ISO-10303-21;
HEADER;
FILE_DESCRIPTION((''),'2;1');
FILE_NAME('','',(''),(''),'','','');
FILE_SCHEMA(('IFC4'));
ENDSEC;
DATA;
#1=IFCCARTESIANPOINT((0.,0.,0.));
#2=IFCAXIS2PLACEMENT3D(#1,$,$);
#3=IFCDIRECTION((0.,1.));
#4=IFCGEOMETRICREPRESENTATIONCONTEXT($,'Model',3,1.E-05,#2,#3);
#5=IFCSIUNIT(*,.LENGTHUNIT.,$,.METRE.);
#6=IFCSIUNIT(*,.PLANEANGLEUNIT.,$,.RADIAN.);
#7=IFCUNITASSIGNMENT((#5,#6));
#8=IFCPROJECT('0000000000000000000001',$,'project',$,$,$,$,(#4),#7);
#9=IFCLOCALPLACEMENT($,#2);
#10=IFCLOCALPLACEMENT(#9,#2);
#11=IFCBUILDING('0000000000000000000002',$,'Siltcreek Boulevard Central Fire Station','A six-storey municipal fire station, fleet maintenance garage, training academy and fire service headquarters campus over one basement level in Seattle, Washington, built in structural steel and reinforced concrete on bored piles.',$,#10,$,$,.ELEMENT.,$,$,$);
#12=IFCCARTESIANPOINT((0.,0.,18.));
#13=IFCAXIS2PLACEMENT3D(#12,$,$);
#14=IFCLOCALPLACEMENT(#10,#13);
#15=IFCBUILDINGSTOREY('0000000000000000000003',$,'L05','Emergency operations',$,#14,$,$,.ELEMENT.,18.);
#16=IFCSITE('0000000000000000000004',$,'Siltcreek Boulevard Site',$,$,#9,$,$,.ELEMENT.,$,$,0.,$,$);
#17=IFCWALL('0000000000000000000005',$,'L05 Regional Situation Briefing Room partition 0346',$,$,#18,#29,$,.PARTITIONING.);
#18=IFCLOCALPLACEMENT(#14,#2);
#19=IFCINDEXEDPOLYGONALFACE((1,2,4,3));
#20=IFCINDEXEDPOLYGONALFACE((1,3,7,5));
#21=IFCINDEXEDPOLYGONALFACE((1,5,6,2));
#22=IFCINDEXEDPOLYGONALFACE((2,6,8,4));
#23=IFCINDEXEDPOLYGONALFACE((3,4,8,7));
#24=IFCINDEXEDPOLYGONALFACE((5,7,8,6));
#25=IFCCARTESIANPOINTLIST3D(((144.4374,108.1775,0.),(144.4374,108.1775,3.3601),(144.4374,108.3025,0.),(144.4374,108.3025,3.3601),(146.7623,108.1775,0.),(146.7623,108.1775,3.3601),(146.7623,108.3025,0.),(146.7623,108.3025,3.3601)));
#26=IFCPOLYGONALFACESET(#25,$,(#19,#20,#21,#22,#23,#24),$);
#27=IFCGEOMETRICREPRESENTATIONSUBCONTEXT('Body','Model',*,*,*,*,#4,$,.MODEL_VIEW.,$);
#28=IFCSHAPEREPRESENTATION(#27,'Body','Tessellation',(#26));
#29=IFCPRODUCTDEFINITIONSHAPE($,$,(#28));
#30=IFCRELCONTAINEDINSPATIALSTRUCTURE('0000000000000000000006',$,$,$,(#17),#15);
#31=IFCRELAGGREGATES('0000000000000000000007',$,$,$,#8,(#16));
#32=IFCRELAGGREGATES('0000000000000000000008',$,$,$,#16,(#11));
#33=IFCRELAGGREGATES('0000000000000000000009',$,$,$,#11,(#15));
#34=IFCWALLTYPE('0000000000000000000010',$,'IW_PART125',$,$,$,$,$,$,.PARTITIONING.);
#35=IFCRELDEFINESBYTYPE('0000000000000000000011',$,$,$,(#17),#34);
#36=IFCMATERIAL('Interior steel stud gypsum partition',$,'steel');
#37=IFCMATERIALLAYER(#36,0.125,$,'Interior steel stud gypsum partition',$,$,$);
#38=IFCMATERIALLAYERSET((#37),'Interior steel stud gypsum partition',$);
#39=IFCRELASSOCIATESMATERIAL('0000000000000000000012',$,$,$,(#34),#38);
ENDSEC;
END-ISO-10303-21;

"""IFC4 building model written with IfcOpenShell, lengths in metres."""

from ifc_helpers import new_model, si_unit, direction, frame, frame_2d, origin, place, context, subcontext, project, spatial, rectangle, extrude, material, layer, layer_set, type_object, element, save


model = new_model("IFC4")

# Units and contexts
model_context = context("Model", 3, precision=1e-05, world=origin(), true_north=direction((0.0, 1.0)))
body_context = subcontext(model_context, "Body", "Model", "MODEL_VIEW")
ifc_project = project(units=[si_unit("LENGTHUNIT", "METRE"), si_unit("PLANEANGLEUNIT", "RADIAN")], contexts=[model_context])

# Site, building, storey
site_placement = place(None, origin())
site = spatial("IfcSite", under=ifc_project, at=site_placement, Name="Siltcreek Boulevard Site", CompositionType="ELEMENT", RefElevation=0.0)
building_placement = place(site_placement, origin())
building = spatial("IfcBuilding", under=site, at=building_placement, Name="Siltcreek Boulevard Central Fire Station", Description="A six-storey municipal fire station, fleet maintenance garage, training academy and fire service headquarters campus over one basement level in Seattle, Washington, built in structural steel and reinforced concrete on bored piles.", CompositionType="ELEMENT")
storey_placement = place(building_placement, frame((0.0, 0.0, 18.0)))
storey = spatial("IfcBuildingStorey", under=building, at=storey_placement, Name="L05", Description="Emergency operations", CompositionType="ELEMENT", Elevation=18.0)

# Wall
ifc_material_1 = material(Name="Interior steel stud gypsum partition", Category="steel")
ifc_layer_1 = layer(ifc_material_1, 0.125, Name="Interior steel stud gypsum partition")
ifc_layer_set_1 = layer_set([ifc_layer_1], Name="Interior steel stud gypsum partition")
wall_type_1 = type_object("IfcWallType", Name="IW_PART125", PredefinedType="PARTITIONING", material=ifc_layer_set_1)
wall_1_placement = place(storey_placement, frame((146.7625, 108.24, 0.0), z_axis=(0.0, 0.0, 1.0), x_axis=(-1.0, 0.0, 0.0)))
element("IfcWall", 1, at=wall_1_placement, inside=storey, type_object=wall_type_1, Name="L05 Regional Situation Briefing Room partition 0346", PredefinedType="PARTITIONING", context=body_context, shape_type="SweptSolid", body=[
    extrude(rectangle(XDim=2.325, YDim=0.125, at=frame_2d((1.1626, 0.0))), origin(), (0.0, 0.0, 1.0), 3.3601),
])

save(model, "model.ifc")
